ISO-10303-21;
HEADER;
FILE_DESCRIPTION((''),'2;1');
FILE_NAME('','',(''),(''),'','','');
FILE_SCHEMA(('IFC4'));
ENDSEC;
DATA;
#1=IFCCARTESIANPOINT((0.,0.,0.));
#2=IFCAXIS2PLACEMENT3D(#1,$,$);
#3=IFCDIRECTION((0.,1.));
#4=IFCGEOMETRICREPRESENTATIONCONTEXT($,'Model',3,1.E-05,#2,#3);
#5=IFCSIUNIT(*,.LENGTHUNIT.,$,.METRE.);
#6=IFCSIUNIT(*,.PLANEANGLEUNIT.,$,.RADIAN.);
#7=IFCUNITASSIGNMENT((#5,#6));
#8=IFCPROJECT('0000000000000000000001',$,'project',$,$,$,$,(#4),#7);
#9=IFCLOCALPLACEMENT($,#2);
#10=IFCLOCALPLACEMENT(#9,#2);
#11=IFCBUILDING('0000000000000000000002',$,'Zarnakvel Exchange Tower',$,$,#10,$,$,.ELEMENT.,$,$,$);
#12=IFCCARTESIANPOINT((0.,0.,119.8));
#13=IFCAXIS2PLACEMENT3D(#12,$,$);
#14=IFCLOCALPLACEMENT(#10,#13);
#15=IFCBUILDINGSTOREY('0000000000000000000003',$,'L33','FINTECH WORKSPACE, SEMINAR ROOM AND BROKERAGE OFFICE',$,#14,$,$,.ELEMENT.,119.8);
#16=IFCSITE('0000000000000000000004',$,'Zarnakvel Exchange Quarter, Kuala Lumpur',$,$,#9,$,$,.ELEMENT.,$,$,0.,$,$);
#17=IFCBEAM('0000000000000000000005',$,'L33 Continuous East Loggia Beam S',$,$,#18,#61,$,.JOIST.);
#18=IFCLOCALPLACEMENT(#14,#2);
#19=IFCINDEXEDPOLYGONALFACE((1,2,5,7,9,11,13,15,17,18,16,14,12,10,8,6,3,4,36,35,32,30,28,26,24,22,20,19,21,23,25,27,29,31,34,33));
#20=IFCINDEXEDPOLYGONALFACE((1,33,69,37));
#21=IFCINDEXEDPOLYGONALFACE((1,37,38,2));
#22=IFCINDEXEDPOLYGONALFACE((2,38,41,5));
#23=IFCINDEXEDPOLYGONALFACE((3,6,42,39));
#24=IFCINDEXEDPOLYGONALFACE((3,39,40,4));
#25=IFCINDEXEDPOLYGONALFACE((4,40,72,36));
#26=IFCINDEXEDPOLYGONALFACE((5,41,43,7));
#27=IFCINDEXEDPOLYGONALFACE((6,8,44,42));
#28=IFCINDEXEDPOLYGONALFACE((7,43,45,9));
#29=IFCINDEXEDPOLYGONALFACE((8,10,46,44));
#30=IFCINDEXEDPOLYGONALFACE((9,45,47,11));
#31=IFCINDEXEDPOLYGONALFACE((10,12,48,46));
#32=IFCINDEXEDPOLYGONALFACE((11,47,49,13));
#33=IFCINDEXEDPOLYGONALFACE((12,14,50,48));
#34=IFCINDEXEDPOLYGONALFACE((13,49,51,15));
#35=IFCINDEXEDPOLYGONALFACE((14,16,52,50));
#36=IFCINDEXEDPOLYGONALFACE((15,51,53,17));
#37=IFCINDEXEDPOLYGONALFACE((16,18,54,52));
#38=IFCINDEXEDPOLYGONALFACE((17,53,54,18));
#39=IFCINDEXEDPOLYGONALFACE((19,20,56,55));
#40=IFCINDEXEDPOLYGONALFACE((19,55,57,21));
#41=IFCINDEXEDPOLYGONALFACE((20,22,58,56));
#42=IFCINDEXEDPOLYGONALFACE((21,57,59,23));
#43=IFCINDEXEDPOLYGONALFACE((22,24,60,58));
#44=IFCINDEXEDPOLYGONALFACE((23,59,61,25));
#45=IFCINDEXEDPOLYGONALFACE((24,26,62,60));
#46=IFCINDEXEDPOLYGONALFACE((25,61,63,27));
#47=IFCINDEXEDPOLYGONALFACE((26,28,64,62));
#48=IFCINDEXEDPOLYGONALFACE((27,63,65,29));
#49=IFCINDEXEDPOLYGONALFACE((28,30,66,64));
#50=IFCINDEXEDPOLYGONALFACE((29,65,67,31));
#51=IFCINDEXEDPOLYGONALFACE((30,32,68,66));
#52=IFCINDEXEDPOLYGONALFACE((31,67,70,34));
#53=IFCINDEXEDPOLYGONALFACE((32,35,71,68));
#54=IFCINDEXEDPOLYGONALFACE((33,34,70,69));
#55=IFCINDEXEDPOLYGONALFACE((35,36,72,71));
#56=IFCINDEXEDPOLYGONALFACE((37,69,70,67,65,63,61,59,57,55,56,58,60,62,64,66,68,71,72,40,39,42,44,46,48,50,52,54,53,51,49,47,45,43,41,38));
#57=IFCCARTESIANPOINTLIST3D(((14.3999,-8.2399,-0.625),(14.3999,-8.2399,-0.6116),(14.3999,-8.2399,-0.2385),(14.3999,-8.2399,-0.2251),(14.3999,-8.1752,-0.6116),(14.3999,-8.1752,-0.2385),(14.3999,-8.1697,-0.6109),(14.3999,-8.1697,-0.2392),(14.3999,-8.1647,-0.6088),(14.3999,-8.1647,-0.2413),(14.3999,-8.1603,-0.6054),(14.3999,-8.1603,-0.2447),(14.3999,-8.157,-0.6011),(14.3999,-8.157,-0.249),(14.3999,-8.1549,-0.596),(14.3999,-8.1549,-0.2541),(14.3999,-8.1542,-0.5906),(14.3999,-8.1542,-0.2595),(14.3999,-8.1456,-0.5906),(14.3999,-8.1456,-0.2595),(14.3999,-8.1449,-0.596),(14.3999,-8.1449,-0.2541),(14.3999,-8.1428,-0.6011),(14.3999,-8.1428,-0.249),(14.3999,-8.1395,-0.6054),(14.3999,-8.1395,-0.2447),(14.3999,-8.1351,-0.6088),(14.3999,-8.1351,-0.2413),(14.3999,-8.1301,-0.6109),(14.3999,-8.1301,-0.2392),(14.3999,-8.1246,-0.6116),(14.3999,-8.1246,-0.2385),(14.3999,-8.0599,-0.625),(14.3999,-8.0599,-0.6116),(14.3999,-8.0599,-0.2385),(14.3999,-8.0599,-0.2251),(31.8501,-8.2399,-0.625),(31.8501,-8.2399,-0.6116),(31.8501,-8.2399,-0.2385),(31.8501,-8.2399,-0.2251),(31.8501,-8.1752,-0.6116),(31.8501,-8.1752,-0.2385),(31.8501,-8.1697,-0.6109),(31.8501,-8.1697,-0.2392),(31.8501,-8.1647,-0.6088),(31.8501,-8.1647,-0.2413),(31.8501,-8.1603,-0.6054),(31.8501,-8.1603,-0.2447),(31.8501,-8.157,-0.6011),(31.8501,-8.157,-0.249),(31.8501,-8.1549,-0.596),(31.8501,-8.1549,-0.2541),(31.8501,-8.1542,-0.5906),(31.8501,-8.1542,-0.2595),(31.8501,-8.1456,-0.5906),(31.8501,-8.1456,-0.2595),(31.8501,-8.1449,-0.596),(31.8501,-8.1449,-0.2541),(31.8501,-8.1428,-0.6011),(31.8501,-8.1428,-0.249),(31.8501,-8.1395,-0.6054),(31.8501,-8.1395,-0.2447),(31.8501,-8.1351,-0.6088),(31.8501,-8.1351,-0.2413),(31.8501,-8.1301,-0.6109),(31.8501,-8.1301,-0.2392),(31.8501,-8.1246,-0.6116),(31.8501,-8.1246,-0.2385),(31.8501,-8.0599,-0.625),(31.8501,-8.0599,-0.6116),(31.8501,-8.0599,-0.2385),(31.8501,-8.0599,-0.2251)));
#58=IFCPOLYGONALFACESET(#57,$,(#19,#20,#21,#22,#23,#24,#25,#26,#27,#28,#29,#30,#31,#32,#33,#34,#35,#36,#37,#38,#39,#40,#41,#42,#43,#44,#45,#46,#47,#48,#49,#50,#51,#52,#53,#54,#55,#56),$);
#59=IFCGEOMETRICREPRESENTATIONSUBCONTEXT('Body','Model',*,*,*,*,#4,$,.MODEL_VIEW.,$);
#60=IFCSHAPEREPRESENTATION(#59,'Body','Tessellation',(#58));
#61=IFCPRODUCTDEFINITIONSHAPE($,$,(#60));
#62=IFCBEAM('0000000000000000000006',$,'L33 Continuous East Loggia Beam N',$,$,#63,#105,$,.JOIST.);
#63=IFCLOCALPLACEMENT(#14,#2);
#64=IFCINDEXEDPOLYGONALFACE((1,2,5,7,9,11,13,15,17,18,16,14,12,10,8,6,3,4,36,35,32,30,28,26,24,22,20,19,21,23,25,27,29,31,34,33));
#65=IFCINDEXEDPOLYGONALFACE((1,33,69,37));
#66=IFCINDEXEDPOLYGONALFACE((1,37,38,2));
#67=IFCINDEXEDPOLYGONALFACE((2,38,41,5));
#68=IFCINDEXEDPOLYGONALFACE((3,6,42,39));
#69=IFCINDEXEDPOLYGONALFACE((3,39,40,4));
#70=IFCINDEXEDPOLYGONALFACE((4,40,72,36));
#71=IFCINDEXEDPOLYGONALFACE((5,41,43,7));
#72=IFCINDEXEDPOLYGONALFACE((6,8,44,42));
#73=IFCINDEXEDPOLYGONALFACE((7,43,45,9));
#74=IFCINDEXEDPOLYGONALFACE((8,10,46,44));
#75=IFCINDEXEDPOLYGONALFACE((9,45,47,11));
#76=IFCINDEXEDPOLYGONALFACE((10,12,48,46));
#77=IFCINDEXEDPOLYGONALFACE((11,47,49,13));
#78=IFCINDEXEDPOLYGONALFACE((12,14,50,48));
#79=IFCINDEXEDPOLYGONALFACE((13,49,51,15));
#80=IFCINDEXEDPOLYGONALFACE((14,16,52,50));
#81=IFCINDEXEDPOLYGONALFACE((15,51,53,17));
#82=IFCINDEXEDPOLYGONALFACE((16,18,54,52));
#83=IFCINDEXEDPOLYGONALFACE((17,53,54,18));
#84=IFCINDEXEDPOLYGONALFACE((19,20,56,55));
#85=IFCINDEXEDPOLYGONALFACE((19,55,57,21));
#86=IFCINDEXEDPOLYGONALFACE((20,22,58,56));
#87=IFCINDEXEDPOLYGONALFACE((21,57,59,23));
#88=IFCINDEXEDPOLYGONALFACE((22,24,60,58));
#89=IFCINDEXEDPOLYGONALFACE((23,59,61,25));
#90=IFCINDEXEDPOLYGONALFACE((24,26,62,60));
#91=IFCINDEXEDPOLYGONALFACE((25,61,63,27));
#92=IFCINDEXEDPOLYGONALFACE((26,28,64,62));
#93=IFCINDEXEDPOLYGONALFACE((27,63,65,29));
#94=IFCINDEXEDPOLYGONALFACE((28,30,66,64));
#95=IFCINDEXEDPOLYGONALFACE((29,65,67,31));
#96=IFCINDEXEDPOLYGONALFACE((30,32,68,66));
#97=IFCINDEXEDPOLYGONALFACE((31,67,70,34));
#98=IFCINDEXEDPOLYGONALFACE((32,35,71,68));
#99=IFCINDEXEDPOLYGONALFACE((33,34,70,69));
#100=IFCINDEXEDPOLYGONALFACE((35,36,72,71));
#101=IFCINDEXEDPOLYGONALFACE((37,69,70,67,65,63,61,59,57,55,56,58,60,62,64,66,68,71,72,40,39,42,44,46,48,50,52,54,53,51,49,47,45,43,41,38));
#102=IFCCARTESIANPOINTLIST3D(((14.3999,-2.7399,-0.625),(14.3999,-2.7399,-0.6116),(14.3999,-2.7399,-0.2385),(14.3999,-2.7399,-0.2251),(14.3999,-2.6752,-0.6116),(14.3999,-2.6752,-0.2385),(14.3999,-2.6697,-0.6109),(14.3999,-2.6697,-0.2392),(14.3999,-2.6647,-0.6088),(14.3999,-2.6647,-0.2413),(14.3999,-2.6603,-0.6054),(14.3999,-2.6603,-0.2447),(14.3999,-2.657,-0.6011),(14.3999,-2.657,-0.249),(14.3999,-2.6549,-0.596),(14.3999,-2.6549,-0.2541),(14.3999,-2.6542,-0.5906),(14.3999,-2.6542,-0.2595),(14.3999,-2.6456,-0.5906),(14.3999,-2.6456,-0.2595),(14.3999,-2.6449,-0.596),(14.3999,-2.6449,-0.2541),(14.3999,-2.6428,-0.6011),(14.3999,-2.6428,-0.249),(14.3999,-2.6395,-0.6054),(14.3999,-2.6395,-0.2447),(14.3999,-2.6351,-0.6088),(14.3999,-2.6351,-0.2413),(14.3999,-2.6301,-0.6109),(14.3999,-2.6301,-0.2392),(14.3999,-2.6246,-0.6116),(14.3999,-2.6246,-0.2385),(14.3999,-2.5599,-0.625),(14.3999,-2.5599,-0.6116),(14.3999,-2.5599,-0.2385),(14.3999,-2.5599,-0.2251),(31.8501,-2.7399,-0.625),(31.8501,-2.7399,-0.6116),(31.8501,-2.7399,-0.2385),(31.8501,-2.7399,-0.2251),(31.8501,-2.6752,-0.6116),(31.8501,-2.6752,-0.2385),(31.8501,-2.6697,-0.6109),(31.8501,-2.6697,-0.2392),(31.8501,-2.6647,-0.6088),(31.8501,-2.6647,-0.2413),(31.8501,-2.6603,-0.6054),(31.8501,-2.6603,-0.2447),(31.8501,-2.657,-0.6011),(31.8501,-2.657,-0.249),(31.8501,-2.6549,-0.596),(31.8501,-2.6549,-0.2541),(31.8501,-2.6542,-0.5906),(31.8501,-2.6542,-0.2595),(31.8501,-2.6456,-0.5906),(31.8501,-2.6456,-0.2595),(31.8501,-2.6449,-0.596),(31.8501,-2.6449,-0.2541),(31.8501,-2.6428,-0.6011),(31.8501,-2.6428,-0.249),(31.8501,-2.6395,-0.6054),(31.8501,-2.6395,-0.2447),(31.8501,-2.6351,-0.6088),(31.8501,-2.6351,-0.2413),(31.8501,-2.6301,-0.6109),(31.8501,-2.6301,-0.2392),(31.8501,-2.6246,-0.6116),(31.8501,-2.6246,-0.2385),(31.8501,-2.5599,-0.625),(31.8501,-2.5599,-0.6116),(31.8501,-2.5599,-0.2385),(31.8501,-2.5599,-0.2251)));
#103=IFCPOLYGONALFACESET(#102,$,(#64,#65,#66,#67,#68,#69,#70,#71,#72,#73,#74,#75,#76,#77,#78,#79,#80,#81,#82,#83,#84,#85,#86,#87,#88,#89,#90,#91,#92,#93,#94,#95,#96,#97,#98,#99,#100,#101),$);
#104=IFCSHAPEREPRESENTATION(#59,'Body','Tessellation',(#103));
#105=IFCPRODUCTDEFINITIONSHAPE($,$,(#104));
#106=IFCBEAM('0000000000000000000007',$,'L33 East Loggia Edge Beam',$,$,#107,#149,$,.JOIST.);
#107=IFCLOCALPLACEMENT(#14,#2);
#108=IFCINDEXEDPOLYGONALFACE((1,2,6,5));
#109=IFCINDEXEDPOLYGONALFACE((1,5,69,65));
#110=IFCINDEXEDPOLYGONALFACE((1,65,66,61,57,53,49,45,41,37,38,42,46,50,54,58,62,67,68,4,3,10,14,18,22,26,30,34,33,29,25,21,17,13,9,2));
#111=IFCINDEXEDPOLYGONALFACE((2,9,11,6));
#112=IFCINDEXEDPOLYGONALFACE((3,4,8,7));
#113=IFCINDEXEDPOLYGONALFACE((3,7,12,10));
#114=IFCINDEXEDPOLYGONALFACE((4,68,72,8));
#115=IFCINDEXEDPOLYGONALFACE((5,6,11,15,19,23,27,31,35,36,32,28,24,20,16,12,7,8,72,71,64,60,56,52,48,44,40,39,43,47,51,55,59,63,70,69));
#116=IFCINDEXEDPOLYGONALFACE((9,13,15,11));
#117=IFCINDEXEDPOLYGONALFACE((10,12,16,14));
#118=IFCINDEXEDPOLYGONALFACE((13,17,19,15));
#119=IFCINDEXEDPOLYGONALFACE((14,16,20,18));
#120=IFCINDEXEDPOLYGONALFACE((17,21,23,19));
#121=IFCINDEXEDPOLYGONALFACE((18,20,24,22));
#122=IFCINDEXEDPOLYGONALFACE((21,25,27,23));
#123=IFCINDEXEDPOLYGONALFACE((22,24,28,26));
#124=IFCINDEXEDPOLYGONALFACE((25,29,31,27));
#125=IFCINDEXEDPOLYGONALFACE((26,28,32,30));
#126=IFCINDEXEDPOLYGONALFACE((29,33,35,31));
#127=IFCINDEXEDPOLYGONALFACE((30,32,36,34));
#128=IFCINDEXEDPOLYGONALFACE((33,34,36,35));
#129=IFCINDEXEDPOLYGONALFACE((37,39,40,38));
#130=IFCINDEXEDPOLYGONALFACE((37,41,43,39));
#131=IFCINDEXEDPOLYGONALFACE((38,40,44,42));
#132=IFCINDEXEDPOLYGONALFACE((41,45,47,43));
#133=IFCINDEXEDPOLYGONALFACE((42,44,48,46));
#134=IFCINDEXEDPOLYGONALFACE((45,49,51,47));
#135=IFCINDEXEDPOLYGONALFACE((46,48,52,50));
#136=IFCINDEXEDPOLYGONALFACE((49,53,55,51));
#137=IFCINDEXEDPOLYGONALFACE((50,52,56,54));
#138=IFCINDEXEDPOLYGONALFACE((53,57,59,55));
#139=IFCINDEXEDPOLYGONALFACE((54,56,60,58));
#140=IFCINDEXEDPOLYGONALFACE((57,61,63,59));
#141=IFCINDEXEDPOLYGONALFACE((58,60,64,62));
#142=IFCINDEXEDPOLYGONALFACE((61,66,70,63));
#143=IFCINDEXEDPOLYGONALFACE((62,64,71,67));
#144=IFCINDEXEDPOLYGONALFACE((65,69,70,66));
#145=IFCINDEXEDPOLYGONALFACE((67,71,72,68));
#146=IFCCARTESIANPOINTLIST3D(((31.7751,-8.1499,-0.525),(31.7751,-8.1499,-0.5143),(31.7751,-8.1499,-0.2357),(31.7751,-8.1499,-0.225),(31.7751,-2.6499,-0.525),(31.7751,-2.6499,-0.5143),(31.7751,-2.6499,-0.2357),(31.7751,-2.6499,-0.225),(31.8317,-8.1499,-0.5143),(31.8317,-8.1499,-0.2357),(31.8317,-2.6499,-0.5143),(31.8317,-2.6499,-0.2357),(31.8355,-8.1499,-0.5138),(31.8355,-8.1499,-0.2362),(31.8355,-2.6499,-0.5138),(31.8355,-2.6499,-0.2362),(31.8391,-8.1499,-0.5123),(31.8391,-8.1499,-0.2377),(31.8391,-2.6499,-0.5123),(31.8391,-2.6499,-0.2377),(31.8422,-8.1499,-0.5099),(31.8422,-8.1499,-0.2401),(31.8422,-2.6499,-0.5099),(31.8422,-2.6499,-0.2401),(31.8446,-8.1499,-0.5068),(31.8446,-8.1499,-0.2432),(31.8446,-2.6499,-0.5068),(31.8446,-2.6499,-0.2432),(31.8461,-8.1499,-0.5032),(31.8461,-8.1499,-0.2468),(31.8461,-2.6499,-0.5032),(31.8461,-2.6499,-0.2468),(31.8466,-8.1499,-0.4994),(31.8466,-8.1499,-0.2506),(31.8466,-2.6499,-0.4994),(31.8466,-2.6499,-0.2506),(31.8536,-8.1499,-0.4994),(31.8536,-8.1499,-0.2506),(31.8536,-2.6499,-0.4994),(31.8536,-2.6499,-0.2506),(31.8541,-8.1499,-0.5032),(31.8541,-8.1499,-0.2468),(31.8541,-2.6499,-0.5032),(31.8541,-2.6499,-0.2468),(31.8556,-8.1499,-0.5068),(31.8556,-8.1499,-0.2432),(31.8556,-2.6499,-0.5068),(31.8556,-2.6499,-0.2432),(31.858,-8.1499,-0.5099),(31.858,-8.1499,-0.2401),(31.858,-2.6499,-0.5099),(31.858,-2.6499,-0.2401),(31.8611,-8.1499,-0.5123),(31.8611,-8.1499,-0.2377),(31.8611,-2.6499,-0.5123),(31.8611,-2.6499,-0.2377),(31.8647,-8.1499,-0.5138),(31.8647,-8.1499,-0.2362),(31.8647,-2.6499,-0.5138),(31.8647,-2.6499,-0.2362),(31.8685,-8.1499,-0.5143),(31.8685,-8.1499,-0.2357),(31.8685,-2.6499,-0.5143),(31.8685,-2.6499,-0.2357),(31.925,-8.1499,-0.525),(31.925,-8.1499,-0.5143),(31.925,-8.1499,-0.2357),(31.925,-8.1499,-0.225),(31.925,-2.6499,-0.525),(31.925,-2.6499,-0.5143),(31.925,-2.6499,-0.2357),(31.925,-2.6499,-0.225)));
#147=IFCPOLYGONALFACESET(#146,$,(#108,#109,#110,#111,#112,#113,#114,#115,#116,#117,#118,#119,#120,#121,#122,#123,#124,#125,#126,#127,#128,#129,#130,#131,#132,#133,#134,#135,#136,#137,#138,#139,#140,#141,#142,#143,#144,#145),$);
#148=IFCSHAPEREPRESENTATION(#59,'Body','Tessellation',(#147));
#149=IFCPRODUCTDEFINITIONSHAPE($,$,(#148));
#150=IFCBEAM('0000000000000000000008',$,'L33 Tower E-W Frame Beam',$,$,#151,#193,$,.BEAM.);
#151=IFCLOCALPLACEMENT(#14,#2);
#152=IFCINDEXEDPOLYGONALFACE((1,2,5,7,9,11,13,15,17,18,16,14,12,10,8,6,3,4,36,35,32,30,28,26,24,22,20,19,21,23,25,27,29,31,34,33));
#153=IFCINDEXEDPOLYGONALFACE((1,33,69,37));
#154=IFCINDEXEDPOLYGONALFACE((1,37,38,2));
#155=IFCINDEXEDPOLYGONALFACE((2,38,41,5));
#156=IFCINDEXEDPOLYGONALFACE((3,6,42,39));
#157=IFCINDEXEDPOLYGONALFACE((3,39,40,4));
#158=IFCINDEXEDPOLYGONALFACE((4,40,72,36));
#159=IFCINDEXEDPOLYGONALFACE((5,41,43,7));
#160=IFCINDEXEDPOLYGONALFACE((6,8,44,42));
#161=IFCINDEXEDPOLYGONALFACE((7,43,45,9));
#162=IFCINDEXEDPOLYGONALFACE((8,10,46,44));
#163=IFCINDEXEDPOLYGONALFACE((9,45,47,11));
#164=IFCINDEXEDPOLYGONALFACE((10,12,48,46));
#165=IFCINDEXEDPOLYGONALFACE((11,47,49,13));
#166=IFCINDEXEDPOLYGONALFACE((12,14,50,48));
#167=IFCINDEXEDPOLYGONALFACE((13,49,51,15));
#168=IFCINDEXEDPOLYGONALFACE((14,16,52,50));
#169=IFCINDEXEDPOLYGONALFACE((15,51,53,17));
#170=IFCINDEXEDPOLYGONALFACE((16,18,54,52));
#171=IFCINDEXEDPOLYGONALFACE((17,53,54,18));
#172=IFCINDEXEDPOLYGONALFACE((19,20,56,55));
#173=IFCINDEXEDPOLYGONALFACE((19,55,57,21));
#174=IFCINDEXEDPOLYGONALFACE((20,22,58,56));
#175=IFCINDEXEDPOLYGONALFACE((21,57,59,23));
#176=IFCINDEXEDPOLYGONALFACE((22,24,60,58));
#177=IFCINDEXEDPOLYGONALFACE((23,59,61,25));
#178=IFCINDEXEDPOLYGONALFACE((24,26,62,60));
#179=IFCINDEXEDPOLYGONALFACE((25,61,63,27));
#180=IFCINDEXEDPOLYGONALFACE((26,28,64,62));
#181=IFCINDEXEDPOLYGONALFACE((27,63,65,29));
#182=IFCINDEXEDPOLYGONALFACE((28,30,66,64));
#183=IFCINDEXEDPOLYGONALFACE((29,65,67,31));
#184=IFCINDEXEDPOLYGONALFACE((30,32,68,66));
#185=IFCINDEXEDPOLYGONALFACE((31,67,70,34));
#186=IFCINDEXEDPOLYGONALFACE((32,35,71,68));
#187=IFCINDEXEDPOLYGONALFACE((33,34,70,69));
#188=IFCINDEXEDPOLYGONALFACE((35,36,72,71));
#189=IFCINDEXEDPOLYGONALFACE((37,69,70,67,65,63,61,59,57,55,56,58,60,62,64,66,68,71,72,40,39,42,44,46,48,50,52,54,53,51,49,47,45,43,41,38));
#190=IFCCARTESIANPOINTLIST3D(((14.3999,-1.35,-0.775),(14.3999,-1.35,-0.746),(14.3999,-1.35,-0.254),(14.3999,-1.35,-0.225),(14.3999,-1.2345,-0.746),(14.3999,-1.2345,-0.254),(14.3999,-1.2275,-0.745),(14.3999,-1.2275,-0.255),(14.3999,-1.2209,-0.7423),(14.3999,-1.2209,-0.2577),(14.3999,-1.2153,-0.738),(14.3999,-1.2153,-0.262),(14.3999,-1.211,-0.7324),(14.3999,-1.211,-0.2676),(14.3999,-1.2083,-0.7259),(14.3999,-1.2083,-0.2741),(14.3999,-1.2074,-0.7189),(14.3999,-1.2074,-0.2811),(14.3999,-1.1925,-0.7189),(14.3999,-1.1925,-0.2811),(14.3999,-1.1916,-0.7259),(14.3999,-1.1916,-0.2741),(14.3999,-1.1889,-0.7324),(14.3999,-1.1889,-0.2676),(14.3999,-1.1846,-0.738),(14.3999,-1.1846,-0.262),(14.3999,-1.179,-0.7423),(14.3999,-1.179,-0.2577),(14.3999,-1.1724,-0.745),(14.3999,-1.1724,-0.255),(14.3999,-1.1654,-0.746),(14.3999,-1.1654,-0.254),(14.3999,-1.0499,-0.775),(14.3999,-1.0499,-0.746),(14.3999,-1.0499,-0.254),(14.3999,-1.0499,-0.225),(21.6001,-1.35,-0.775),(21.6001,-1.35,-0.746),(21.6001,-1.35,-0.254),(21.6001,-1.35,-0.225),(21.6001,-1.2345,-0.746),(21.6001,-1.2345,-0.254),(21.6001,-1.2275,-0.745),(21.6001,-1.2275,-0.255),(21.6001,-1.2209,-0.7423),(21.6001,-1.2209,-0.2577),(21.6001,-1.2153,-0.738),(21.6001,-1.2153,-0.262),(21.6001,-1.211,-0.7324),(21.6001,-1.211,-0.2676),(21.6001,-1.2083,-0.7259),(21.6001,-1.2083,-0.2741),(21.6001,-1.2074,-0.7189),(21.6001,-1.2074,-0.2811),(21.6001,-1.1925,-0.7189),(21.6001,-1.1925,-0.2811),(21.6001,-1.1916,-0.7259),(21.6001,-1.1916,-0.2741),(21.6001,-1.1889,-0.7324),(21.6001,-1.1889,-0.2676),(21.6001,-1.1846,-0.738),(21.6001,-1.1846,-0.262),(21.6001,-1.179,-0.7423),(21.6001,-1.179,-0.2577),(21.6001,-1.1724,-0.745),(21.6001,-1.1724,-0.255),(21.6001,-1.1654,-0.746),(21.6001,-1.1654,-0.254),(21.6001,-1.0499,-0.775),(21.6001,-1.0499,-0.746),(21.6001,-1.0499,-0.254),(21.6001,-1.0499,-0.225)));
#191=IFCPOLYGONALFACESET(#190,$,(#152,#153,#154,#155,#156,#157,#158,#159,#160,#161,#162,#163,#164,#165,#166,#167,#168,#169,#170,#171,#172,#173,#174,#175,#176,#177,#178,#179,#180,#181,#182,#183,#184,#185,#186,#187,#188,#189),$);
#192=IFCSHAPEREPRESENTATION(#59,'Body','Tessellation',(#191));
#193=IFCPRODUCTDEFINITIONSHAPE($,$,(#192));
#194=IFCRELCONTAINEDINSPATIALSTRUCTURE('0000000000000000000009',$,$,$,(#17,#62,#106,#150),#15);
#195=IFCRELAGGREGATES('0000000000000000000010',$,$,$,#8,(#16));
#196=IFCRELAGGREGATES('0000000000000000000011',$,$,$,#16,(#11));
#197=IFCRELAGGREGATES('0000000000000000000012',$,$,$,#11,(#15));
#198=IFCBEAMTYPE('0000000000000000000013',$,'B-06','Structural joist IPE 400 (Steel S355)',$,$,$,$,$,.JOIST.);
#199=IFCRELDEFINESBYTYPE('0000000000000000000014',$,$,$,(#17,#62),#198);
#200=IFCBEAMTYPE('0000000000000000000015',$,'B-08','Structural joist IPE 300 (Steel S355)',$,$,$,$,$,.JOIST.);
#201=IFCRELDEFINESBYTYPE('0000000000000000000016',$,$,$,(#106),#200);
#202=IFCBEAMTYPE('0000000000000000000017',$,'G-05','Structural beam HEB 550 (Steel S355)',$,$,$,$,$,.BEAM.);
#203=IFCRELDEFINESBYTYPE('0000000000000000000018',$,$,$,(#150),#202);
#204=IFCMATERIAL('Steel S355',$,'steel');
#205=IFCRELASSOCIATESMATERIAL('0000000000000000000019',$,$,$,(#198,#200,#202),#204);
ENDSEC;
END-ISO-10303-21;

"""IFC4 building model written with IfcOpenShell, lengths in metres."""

from ifc_helpers import new_model, si_unit, direction, frame, origin, origin_2d, place, context, subcontext, project, spatial, i_section, extrude, material, material_profile, profile_set, type_object, element, save


model = new_model("IFC4")

# Units and contexts
model_context = context("Model", 3, precision=1e-05, world=origin(), true_north=direction((0.0, 1.0)))
body_context = subcontext(model_context, "Body", "Model", "MODEL_VIEW")
ifc_project = project(units=[si_unit("LENGTHUNIT", "METRE"), si_unit("PLANEANGLEUNIT", "RADIAN")], contexts=[model_context])

# Site, building, storey
site_placement = place(None, origin())
site = spatial("IfcSite", under=ifc_project, at=site_placement, Name="Zarnakvel Exchange Quarter, Kuala Lumpur", CompositionType="ELEMENT", RefElevation=0.0)
building_placement = place(site_placement, origin())
building = spatial("IfcBuilding", under=site, at=building_placement, Name="Zarnakvel Exchange Tower", CompositionType="ELEMENT")
storey_placement = place(building_placement, frame((0.0, 0.0, 119.8)))
storey = spatial("IfcBuildingStorey", under=building, at=storey_placement, Name="L33", Description="FINTECH WORKSPACE, SEMINAR ROOM AND BROKERAGE OFFICE", CompositionType="ELEMENT", Elevation=119.8)

# Shared definitions
ifc_material_1 = material(Name="Steel S355", Category="steel")

# Beams
ifc_material_profile_1 = material_profile(ifc_material_1, i_section(OverallWidth=0.1799, OverallDepth=0.3999, WebThickness=0.0085, FlangeThickness=0.0134, FilletRadius=0.021, at=origin_2d()))
ifc_profile_set_1 = profile_set([ifc_material_profile_1], Name="Steel S355")
beam_type_1 = type_object("IfcBeamType", Name="B-06", Description="Structural joist IPE 400 (Steel S355)", PredefinedType="JOIST", material=ifc_profile_set_1)
for number, where, z_axis, x_axis, name in (
    (1, (14.3999, -8.1499, -0.425), (1.0, 0.0, 0.0), (0.0, 1.0, 0.0), "L33 Continuous East Loggia Beam S"),
    (2, (14.3999, -2.6499, -0.425), (1.0, 0.0, 0.0), (0.0, 1.0, 0.0), "L33 Continuous East Loggia Beam N"),
):
    element("IfcBeam", number, at=place(storey_placement, frame(where, z_axis=z_axis, x_axis=x_axis)), inside=storey, type_object=beam_type_1, Name=name, PredefinedType="JOIST", context=body_context, shape_type="SweptSolid", body=[
        extrude(i_section(OverallWidth=0.1799, OverallDepth=0.3999, WebThickness=0.0085, FlangeThickness=0.0134, FilletRadius=0.021, at=origin_2d()), origin(), (0.0, 0.0, 1.0), 17.4502),
    ])
ifc_material_profile_2 = material_profile(ifc_material_1, i_section(OverallWidth=0.1499, OverallDepth=0.3, WebThickness=0.0071, FlangeThickness=0.0107, FilletRadius=0.0149, at=origin_2d()))
ifc_profile_set_2 = profile_set([ifc_material_profile_2], Name="Steel S355")
beam_type_2 = type_object("IfcBeamType", Name="B-08", Description="Structural joist IPE 300 (Steel S355)", PredefinedType="JOIST", material=ifc_profile_set_2)
beam_1_placement = place(storey_placement, frame((31.8501, -8.1499, -0.375), z_axis=(0.0, 1.0, 0.0), x_axis=(-1.0, 0.0, 0.0)))
element("IfcBeam", 3, at=beam_1_placement, inside=storey, type_object=beam_type_2, Name="L33 East Loggia Edge Beam", PredefinedType="JOIST", context=body_context, shape_type="SweptSolid", body=[
    extrude(i_section(OverallWidth=0.1499, OverallDepth=0.3, WebThickness=0.0071, FlangeThickness=0.0107, FilletRadius=0.0149, at=origin_2d()), origin(), (0.0, 0.0, 1.0), 5.5),
])
ifc_material_profile_3 = material_profile(ifc_material_1, i_section(OverallWidth=0.3, OverallDepth=0.55, WebThickness=0.0149, FlangeThickness=0.0291, FilletRadius=0.0271, at=origin_2d()))
ifc_profile_set_3 = profile_set([ifc_material_profile_3], Name="Steel S355")
beam_type_3 = type_object("IfcBeamType", Name="G-05", Description="Structural beam HEB 550 (Steel S355)", PredefinedType="BEAM", material=ifc_profile_set_3)
beam_2_placement = place(storey_placement, frame((14.3999, -1.2, -0.5), z_axis=(1.0, 0.0, 0.0), x_axis=(0.0, 1.0, 0.0)))
element("IfcBeam", 4, at=beam_2_placement, inside=storey, type_object=beam_type_3, Name="L33 Tower E-W Frame Beam", PredefinedType="BEAM", context=body_context, shape_type="SweptSolid", body=[
    extrude(i_section(OverallWidth=0.3, OverallDepth=0.55, WebThickness=0.0149, FlangeThickness=0.0291, FilletRadius=0.0271, at=origin_2d()), origin(), (0.0, 0.0, 1.0), 7.2002),
])

save(model, "model.ifc")
